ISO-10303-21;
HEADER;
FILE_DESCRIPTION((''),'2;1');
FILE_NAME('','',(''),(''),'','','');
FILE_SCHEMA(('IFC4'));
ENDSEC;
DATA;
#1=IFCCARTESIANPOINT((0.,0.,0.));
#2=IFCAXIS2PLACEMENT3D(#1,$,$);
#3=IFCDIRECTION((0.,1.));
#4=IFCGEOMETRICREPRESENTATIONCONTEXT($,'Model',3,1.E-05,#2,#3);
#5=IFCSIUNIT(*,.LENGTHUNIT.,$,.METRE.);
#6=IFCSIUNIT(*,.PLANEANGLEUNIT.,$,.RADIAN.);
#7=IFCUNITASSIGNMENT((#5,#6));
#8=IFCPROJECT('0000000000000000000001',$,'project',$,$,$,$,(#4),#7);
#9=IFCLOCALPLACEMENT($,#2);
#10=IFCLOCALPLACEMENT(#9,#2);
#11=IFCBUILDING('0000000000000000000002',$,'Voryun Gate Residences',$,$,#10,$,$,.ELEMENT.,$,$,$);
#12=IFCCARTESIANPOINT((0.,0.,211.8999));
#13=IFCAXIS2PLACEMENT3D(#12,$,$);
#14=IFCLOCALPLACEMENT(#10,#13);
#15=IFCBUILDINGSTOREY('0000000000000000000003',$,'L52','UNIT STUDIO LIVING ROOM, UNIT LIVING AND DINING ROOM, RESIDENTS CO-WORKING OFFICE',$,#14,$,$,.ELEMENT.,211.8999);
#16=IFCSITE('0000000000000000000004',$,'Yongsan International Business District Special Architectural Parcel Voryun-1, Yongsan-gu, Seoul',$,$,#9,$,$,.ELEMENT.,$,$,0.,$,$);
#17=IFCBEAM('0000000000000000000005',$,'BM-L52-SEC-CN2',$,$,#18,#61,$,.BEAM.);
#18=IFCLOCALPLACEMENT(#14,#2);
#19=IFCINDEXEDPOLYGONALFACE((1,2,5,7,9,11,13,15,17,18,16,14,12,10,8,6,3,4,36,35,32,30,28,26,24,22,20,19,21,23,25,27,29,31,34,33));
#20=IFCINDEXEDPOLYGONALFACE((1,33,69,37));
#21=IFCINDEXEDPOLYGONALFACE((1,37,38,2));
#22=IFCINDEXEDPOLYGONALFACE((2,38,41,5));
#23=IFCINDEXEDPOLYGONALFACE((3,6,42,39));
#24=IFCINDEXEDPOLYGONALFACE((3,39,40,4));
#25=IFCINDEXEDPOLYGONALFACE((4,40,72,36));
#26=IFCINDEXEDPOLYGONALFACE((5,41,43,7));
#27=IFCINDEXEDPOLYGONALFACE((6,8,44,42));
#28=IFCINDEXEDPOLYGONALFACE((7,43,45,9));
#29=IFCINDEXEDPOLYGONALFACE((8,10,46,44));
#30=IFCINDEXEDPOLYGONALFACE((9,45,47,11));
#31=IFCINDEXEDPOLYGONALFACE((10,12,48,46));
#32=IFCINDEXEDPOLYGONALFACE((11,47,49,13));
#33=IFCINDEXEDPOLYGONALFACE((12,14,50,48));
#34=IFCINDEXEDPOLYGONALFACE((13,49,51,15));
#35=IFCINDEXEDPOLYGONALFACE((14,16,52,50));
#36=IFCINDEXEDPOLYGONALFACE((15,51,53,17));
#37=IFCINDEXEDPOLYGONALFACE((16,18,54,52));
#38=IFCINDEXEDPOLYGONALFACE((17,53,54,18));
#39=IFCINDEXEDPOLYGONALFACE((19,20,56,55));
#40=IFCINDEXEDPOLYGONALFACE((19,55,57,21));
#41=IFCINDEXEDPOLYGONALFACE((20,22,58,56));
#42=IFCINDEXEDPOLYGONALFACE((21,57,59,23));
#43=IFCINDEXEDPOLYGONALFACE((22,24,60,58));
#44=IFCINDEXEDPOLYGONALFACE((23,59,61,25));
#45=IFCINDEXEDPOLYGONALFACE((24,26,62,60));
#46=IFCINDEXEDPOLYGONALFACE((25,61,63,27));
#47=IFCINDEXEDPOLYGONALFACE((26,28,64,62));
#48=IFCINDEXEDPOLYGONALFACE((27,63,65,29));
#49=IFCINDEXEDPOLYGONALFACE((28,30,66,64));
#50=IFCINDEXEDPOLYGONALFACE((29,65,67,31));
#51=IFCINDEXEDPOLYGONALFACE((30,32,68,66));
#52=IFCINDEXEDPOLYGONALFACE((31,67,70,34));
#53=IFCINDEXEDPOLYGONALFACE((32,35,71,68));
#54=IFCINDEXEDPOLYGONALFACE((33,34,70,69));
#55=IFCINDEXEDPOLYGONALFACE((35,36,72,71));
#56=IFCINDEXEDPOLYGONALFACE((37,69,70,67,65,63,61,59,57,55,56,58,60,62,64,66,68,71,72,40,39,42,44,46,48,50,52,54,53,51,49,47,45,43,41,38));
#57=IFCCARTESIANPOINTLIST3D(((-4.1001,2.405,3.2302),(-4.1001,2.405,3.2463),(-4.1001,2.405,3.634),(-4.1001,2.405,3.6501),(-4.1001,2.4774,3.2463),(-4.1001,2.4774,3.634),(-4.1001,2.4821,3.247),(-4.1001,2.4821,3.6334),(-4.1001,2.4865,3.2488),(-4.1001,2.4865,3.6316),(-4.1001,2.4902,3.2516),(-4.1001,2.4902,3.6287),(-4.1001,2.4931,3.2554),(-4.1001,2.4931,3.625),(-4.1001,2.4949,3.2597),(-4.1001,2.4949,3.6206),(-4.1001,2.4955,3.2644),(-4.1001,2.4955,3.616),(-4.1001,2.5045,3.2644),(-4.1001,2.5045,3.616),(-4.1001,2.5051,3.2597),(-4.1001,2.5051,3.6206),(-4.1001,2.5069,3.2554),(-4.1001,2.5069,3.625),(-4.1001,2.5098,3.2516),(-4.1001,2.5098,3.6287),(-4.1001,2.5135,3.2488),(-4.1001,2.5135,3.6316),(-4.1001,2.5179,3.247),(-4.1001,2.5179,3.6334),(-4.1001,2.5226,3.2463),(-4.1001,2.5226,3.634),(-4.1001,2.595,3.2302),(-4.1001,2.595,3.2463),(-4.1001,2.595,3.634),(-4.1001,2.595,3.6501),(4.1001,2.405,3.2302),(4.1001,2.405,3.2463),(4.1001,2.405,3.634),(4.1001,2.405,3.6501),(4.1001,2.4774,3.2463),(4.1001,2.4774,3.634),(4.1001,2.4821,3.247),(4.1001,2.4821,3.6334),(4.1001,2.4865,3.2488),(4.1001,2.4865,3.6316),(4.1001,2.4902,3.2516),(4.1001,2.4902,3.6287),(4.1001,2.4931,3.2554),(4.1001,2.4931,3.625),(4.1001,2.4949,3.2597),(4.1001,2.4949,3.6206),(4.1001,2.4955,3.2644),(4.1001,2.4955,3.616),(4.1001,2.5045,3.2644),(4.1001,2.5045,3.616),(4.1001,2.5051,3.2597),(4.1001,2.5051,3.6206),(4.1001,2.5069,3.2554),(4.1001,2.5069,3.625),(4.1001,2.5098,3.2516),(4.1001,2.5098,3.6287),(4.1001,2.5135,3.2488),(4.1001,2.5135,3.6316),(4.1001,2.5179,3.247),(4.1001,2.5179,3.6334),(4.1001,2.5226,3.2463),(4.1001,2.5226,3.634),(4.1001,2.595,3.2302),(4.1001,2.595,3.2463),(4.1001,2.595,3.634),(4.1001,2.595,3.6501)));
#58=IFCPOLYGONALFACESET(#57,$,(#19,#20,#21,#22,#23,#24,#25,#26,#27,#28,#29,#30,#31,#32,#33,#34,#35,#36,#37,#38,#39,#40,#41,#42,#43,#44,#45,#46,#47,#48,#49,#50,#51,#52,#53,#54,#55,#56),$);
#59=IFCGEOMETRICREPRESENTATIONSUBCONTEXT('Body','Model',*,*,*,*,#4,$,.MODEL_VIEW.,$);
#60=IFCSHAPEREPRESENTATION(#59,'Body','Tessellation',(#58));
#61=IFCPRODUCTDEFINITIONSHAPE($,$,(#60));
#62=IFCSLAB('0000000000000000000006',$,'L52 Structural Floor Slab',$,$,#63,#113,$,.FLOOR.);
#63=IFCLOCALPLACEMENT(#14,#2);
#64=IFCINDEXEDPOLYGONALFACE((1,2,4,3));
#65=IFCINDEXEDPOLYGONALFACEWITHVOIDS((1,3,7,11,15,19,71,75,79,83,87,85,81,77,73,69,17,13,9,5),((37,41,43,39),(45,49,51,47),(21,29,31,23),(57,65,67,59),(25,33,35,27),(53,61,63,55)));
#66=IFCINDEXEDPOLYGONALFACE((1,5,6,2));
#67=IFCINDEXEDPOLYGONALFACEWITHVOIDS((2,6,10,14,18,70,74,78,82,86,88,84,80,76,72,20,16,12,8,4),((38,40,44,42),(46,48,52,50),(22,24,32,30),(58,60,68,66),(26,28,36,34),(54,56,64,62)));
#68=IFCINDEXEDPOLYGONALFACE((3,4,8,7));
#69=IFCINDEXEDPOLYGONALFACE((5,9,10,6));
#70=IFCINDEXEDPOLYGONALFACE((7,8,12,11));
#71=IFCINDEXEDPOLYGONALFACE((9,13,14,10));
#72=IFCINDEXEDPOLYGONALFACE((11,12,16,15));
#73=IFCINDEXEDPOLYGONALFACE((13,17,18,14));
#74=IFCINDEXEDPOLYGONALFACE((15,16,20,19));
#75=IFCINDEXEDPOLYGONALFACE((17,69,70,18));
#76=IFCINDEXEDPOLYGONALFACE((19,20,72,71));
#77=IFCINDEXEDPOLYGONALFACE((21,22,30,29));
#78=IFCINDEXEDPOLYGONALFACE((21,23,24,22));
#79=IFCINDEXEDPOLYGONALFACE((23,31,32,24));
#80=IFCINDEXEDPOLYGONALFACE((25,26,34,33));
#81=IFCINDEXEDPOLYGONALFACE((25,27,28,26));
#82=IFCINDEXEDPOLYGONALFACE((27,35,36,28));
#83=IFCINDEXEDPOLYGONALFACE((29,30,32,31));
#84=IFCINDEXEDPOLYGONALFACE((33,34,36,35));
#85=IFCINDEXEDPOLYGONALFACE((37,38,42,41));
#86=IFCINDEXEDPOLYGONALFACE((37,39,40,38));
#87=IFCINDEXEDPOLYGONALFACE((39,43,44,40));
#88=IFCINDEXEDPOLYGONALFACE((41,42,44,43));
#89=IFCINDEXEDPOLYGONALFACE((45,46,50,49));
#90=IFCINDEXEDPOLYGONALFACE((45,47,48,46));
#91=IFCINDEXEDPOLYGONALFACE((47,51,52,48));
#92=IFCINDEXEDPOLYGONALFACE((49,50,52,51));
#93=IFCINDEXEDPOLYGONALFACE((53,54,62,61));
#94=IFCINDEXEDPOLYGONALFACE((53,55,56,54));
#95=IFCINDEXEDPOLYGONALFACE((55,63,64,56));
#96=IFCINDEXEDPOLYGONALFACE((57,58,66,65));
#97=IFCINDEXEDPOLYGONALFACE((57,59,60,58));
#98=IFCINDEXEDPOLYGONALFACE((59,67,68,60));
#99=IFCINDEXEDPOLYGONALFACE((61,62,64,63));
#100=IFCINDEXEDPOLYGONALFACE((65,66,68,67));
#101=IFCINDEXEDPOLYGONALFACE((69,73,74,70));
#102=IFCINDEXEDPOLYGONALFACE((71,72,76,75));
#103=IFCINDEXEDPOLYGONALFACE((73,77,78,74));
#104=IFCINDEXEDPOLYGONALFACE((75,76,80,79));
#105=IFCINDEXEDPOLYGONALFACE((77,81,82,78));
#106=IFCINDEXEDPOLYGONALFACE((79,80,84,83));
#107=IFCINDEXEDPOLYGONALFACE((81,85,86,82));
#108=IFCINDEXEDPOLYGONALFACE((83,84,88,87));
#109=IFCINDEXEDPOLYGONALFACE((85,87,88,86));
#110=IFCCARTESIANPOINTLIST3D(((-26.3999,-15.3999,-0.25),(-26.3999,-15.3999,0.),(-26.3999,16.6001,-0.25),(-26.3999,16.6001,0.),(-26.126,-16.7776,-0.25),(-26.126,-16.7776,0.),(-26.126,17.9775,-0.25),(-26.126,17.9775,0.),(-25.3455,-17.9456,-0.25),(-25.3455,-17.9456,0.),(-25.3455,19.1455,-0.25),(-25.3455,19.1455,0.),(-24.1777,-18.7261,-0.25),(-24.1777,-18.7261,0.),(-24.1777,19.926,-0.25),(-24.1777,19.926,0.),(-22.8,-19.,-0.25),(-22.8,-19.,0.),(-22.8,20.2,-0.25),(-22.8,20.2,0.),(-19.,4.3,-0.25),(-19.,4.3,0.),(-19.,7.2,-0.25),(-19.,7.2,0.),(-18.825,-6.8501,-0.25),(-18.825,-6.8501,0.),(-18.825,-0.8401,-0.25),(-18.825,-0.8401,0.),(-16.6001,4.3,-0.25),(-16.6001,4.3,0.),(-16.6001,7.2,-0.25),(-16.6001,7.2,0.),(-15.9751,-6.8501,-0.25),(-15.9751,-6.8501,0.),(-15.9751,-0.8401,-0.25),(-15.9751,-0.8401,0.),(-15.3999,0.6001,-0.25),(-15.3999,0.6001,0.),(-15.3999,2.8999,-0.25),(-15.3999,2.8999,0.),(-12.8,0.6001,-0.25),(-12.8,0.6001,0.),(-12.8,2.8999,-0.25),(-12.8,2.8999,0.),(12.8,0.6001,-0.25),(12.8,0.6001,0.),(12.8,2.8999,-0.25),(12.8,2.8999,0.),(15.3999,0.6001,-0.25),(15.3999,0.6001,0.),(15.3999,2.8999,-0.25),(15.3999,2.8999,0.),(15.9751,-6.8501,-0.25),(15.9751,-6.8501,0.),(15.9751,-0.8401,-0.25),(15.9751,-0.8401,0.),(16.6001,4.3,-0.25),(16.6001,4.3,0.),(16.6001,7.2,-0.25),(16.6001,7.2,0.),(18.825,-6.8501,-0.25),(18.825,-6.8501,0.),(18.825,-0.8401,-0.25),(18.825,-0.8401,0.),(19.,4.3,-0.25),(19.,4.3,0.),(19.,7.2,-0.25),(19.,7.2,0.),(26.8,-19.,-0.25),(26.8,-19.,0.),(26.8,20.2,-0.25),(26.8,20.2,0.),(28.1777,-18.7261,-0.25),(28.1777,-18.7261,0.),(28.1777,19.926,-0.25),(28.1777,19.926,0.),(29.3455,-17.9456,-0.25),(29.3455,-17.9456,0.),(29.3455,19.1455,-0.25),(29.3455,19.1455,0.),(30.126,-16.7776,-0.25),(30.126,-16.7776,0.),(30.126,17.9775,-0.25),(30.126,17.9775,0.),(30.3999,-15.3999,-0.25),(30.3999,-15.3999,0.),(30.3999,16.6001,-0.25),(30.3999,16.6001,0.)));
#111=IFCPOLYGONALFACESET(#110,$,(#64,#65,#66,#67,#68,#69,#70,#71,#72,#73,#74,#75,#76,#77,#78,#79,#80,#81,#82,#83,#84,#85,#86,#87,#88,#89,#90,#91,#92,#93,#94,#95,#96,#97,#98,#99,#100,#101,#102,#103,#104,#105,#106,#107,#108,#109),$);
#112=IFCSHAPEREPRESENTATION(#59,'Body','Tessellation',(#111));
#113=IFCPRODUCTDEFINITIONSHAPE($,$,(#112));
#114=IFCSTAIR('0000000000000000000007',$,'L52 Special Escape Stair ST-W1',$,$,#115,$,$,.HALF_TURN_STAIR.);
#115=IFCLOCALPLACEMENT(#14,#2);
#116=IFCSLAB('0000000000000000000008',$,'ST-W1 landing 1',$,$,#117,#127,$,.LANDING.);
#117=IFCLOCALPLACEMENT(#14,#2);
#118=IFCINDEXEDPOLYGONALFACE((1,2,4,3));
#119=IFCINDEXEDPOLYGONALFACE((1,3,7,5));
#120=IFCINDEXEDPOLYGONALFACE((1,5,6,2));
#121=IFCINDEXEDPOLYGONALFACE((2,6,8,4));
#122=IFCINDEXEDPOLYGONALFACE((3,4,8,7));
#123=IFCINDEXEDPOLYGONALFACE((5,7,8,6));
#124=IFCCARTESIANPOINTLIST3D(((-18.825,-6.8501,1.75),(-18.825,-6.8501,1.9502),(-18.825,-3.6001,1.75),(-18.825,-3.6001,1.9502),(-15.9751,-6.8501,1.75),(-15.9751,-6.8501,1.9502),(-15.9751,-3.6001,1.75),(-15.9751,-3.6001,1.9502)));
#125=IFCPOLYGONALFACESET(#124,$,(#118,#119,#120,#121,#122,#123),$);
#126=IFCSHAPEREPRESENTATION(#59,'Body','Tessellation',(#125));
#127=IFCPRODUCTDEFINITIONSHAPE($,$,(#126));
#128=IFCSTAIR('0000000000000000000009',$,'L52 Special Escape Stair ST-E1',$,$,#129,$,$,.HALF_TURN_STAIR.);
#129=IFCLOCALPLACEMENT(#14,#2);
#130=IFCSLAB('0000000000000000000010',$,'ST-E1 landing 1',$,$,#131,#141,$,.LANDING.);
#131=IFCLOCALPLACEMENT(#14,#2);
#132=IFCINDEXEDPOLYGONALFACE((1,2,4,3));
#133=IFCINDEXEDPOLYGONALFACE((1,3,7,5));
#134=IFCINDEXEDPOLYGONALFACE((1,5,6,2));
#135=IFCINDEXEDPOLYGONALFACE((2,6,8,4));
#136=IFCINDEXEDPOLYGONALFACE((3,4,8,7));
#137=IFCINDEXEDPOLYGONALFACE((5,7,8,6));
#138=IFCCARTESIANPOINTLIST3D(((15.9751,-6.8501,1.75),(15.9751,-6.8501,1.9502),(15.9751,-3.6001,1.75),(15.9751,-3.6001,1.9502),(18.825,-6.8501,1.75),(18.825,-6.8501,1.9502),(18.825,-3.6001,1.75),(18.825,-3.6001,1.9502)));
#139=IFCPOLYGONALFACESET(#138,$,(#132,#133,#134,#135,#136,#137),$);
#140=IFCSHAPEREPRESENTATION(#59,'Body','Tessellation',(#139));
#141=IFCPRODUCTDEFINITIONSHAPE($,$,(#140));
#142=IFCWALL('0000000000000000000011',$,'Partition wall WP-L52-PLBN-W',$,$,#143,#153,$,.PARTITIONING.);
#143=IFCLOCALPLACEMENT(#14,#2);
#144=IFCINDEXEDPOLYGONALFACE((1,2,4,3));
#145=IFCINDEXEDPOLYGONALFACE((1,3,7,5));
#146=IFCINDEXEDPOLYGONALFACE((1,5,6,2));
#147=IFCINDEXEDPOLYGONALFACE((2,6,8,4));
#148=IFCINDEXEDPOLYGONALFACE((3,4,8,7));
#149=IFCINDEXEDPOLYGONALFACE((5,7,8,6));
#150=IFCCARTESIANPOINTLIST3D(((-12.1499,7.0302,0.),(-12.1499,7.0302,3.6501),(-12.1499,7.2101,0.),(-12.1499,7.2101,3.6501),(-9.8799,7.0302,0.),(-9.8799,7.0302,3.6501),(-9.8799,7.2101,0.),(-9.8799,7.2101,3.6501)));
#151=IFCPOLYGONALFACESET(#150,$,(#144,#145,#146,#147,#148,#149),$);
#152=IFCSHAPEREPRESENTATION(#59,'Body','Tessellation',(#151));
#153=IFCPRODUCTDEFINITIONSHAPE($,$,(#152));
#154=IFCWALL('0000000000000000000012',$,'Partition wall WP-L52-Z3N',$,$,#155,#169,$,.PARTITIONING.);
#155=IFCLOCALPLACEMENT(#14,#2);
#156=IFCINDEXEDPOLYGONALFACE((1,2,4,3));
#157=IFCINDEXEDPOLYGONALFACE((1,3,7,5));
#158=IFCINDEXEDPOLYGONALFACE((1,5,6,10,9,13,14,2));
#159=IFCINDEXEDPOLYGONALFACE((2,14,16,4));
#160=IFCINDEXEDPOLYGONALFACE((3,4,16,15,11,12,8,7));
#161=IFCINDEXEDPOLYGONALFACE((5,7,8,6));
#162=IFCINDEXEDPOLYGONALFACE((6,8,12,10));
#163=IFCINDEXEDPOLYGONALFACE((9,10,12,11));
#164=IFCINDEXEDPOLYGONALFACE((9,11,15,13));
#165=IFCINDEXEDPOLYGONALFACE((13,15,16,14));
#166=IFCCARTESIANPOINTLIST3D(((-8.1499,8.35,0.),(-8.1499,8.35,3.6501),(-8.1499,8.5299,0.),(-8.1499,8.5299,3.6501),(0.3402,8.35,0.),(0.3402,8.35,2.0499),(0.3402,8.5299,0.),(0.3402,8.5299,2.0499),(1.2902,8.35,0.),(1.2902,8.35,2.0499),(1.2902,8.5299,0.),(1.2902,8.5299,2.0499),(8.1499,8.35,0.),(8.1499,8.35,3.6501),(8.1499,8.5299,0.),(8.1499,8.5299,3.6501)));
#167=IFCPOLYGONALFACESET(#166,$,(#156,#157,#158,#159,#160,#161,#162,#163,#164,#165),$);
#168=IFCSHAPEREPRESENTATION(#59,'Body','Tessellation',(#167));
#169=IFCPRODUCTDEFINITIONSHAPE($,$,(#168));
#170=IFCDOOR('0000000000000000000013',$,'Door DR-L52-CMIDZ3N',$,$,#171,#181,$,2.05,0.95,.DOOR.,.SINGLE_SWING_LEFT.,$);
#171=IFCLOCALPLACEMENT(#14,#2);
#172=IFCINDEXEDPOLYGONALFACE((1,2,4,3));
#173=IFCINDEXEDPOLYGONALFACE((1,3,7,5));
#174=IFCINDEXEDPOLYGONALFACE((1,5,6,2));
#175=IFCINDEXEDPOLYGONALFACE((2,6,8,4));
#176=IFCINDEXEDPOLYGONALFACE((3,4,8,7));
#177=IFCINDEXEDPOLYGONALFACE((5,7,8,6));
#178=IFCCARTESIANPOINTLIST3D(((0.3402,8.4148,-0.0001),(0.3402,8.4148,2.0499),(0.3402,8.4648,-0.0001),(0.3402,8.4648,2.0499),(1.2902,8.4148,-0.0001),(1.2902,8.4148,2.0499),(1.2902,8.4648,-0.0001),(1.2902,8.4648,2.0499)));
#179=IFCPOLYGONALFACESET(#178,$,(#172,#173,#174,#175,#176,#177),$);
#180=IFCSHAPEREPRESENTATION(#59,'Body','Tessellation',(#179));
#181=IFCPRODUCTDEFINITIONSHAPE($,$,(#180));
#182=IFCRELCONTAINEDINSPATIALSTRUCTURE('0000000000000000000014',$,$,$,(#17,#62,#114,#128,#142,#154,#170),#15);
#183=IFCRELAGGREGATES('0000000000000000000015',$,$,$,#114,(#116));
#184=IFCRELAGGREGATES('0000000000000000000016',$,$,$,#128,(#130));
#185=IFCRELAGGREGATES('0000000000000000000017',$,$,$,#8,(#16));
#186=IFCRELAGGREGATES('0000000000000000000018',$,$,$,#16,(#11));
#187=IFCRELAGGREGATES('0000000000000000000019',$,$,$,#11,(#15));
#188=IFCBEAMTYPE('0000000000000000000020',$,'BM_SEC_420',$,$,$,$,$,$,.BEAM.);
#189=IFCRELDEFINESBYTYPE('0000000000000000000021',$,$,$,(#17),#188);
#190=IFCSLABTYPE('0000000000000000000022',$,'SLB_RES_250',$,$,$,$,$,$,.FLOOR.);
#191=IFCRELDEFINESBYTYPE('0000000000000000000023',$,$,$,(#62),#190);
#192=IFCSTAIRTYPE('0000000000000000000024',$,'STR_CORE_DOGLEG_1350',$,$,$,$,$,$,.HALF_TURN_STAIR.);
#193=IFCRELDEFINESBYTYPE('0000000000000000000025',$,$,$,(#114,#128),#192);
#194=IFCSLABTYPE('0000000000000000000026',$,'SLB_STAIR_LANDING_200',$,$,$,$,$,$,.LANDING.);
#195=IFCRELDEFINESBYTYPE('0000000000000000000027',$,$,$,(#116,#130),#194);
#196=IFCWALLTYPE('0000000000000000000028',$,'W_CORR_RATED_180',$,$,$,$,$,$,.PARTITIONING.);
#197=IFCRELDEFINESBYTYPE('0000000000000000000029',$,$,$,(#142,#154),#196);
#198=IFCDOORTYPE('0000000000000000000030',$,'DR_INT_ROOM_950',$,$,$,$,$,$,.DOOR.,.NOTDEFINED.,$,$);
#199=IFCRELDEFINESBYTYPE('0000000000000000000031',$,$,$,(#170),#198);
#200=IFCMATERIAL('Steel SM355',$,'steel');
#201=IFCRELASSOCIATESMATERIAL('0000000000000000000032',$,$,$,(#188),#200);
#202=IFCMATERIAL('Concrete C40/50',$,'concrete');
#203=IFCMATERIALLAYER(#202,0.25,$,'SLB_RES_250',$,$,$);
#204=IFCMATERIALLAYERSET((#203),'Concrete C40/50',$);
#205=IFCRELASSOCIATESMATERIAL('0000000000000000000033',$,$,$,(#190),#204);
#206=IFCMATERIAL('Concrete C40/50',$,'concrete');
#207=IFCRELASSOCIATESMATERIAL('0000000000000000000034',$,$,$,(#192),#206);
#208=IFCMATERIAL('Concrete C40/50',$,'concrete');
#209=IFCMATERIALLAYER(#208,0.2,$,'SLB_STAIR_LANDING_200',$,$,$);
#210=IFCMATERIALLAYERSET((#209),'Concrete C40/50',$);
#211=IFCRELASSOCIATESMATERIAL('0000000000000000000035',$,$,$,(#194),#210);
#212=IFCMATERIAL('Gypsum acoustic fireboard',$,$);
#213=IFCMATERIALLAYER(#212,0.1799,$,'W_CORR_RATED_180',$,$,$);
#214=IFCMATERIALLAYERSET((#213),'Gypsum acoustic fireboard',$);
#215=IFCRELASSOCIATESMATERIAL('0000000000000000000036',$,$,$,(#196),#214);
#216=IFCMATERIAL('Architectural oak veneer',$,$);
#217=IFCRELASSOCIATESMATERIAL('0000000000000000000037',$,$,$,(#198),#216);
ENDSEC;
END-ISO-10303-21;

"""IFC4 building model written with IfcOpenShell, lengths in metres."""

from ifc_helpers import new_model, si_unit, direction, frame, frame_2d, origin, origin_2d, place, context, subcontext, project, spatial, polyline, rectangle, i_section, outline, extrude, material, layer, layer_set, material_profile, profile_set, type_object, element, fill, aggregate, save


model = new_model("IFC4")

# Units and contexts
model_context = context("Model", 3, precision=1e-05, world=origin(), true_north=direction((0.0, 1.0)))
body_context = subcontext(model_context, "Body", "Model", "MODEL_VIEW")
ifc_project = project(units=[si_unit("LENGTHUNIT", "METRE"), si_unit("PLANEANGLEUNIT", "RADIAN")], contexts=[model_context])

# Site, building, storey
site_placement = place(None, origin())
site = spatial("IfcSite", under=ifc_project, at=site_placement, Name="Yongsan International Business District Special Architectural Parcel Voryun-1, Yongsan-gu, Seoul", CompositionType="ELEMENT", RefElevation=0.0)
building_placement = place(site_placement, origin())
building = spatial("IfcBuilding", under=site, at=building_placement, Name="Voryun Gate Residences", CompositionType="ELEMENT")
storey_placement = place(building_placement, frame((0.0, 0.0, 211.8999)))
storey = spatial("IfcBuildingStorey", under=building, at=storey_placement, Name="L52", Description="UNIT STUDIO LIVING ROOM, UNIT LIVING AND DINING ROOM, RESIDENTS CO-WORKING OFFICE", CompositionType="ELEMENT", Elevation=211.8999)

# Beam
ifc_material_1 = material(Name="Steel SM355", Category="steel")
ifc_material_profile_1 = material_profile(ifc_material_1, i_section(OverallWidth=0.1899, OverallDepth=0.4199, WebThickness=0.009, FlangeThickness=0.0161, FilletRadius=0.0181, at=origin_2d()), Name="H-420x190x9x16")
ifc_profile_set_1 = profile_set([ifc_material_profile_1], Name="Steel SM355")
beam_type_1 = type_object("IfcBeamType", Name="BM_SEC_420", PredefinedType="BEAM", material=ifc_profile_set_1)
beam_1_placement = place(storey_placement, frame((-4.1001, 2.5, 3.4402), z_axis=(1.0, 0.0, 0.0), x_axis=(0.0, 1.0, 0.0)))
element("IfcBeam", 1, at=beam_1_placement, inside=storey, type_object=beam_type_1, Name="BM-L52-SEC-CN2", PredefinedType="BEAM", context=body_context, shape_type="SweptSolid", body=[
    extrude(i_section(OverallWidth=0.1899, OverallDepth=0.4199, WebThickness=0.009, FlangeThickness=0.0161, FilletRadius=0.0181, at=origin_2d()), origin(), (0.0, 0.0, 1.0), 8.2002),
])

# Slab
ifc_material_2 = material(Name="Concrete C40/50", Category="concrete")
ifc_layer_1 = layer(ifc_material_2, 0.25, Name="SLB_RES_250")
ifc_layer_set_1 = layer_set([ifc_layer_1], Name="Concrete C40/50")
slab_type_1 = type_object("IfcSlabType", Name="SLB_RES_250", PredefinedType="FLOOR", material=ifc_layer_set_1)
slab_1_placement = place(storey_placement, frame((0.0, 0.0, -0.25)))
element("IfcSlab", 2, at=slab_1_placement, inside=storey, type_object=slab_type_1, Name="L52 Structural Floor Slab", PredefinedType="FLOOR", context=body_context, shape_type="SweptSolid", body=[
    extrude(outline(polyline([(-22.8, -19.0), (-24.1777, -18.7261), (-25.3455, -17.9456), (-26.126, -16.7776), (-26.3999, -15.3999), (-26.3999, 16.6001), (-26.126, 17.9775), (-25.3455, 19.1455), (-24.1777, 19.926), (-22.8, 20.2), (26.8, 20.2), (28.1777, 19.926), (29.3455, 19.1455), (30.126, 17.9775), (30.3999, 16.6001), (30.3999, -15.3999), (30.126, -16.7776), (29.3455, -17.9456), (28.1777, -18.7261), (26.8, -19.0), (-22.8, -19.0)]), holes=[polyline([(-15.9751, -0.8401), (-18.825, -0.8401), (-18.825, -6.8501), (-15.9751, -6.8501), (-15.9751, -0.8401)]), polyline([(18.825, -6.8501), (18.825, -0.8401), (15.9751, -0.8401), (15.9751, -6.8501), (18.825, -6.8501)]), polyline([(-12.8, 2.8999), (-15.3999, 2.8999), (-15.3999, 0.6001), (-12.8, 0.6001), (-12.8, 2.8999)]), polyline([(12.8, 2.8999), (12.8, 0.6001), (15.3999, 0.6001), (15.3999, 2.8999), (12.8, 2.8999)]), polyline([(-16.6001, 7.2), (-19.0, 7.2), (-19.0, 4.3), (-16.6001, 4.3), (-16.6001, 7.2)]), polyline([(19.0, 7.2), (16.6001, 7.2), (16.6001, 4.3), (19.0, 4.3), (19.0, 7.2)])]), origin(), (0.0, 0.0, 1.0), 0.25),
])

# Stairs, slabs
ifc_material_3 = material(Name="Concrete C40/50", Category="concrete")
stair_type = type_object("IfcStairType", Name="STR_CORE_DOGLEG_1350", PredefinedType="HALF_TURN_STAIR", material=ifc_material_3)
stair_1_placement = place(storey_placement, origin())
stair_1 = element("IfcStair", 3, at=stair_1_placement, inside=storey, type_object=stair_type, Name="L52 Special Escape Stair ST-W1", PredefinedType="HALF_TURN_STAIR")
ifc_material_4 = material(Name="Concrete C40/50", Category="concrete")
ifc_layer_2 = layer(ifc_material_4, 0.2, Name="SLB_STAIR_LANDING_200")
ifc_layer_set_2 = layer_set([ifc_layer_2], Name="Concrete C40/50")
slab_type_2 = type_object("IfcSlabType", Name="SLB_STAIR_LANDING_200", PredefinedType="LANDING", material=ifc_layer_set_2)
slab_2_placement = place(storey_placement, frame((0.0, 0.0, 1.75)))
slab_2 = element("IfcSlab", 4, at=slab_2_placement, type_object=slab_type_2, Name="ST-W1 landing 1", PredefinedType="LANDING", context=body_context, shape_type="SweptSolid", body=[
    extrude(outline(polyline([(-18.825, -3.6001), (-18.825, -6.8501), (-15.9751, -6.8501), (-15.9751, -3.6001), (-18.825, -3.6001)])), origin(), (0.0, 0.0, 1.0), 0.2002),
])
aggregate(stair_1, [slab_2])
stair_2_placement = place(storey_placement, origin())
stair_2 = element("IfcStair", 5, at=stair_2_placement, inside=storey, type_object=stair_type, Name="L52 Special Escape Stair ST-E1", PredefinedType="HALF_TURN_STAIR")
slab_3_placement = place(storey_placement, frame((0.0, 0.0, 1.75)))
slab_3 = element("IfcSlab", 6, at=slab_3_placement, type_object=slab_type_2, Name="ST-E1 landing 1", PredefinedType="LANDING", context=body_context, shape_type="SweptSolid", body=[
    extrude(outline(polyline([(15.9751, -3.6001), (15.9751, -6.8501), (18.825, -6.8501), (18.825, -3.6001), (15.9751, -3.6001)])), origin(), (0.0, 0.0, 1.0), 0.2002),
])
aggregate(stair_2, [slab_3])

# Wall
ifc_material_5 = material(Name="Gypsum acoustic fireboard")
ifc_layer_3 = layer(ifc_material_5, 0.1799, Name="W_CORR_RATED_180")
ifc_layer_set_3 = layer_set([ifc_layer_3], Name="Gypsum acoustic fireboard")
wall_type_1 = type_object("IfcWallType", Name="W_CORR_RATED_180", PredefinedType="PARTITIONING", material=ifc_layer_set_3)
wall_1_placement = place(storey_placement, frame((-12.1499, 7.1201, 0.0), z_axis=(0.0, 0.0, 1.0), x_axis=(1.0, 0.0, 0.0)))
element("IfcWall", 7, at=wall_1_placement, inside=storey, type_object=wall_type_1, Name="Partition wall WP-L52-PLBN-W", PredefinedType="PARTITIONING", context=body_context, shape_type="SweptSolid", body=[
    extrude(rectangle(XDim=2.27, YDim=0.1799, at=frame_2d((1.135, 0.0))), origin(), (0.0, 0.0, 1.0), 3.6501),
])

# Wall, opening, door
wall_2_placement = place(storey_placement, frame((-8.1499, 8.4399, 0.0), z_axis=(0.0, 0.0, 1.0), x_axis=(1.0, 0.0, 0.0)))
wall_2 = element("IfcWall", 8, at=wall_2_placement, inside=storey, type_object=wall_type_1, Name="Partition wall WP-L52-Z3N", PredefinedType="PARTITIONING", context=body_context, shape_type="SweptSolid", body=[
    extrude(rectangle(XDim=16.2998, YDim=0.1799, at=frame_2d((8.1499, 0.0))), origin(), (0.0, 0.0, 1.0), 3.6501),
])
opening_1_placement = place(wall_2_placement, frame((8.49, 0.0, 0.0)))
opening_1 = element("IfcOpeningElement", 9, at=opening_1_placement, cuts=wall_2, PredefinedType="OPENING", context=body_context, shape_type="SweptSolid", body=[
    extrude(rectangle(XDim=0.95, YDim=2.05, at=frame_2d((0.4751, 1.0249))), frame((0.0, 0.0999, 0.0), z_axis=(0.0, -1.0, 0.0), x_axis=(1.0, 0.0, 0.0)), (0.0, 0.0, 1.0), 0.2),
])
ifc_material_6 = material(Name="Architectural oak veneer")
door_type_1 = type_object("IfcDoorType", Name="DR_INT_ROOM_950", OperationType="NOTDEFINED", PredefinedType="DOOR", material=ifc_material_6)
door_1_placement = place(opening_1_placement, origin())
door_1 = element("IfcDoor", 10, at=door_1_placement, inside=storey, type_object=door_type_1, Name="Door DR-L52-CMIDZ3N", OperationType="SINGLE_SWING_LEFT", OverallHeight=2.05, OverallWidth=0.95, PredefinedType="DOOR", context=body_context, shape_type="SweptSolid", body=[
    extrude(rectangle(XDim=0.95, YDim=2.05, at=frame_2d((0.4751, 1.0249))), frame((0.0, 0.0249, 0.0), z_axis=(0.0, -1.0, 0.0), x_axis=(1.0, 0.0, 0.0)), (0.0, 0.0, 1.0), 0.05),
])
fill(opening_1, door_1)

save(model, "model.ifc")
